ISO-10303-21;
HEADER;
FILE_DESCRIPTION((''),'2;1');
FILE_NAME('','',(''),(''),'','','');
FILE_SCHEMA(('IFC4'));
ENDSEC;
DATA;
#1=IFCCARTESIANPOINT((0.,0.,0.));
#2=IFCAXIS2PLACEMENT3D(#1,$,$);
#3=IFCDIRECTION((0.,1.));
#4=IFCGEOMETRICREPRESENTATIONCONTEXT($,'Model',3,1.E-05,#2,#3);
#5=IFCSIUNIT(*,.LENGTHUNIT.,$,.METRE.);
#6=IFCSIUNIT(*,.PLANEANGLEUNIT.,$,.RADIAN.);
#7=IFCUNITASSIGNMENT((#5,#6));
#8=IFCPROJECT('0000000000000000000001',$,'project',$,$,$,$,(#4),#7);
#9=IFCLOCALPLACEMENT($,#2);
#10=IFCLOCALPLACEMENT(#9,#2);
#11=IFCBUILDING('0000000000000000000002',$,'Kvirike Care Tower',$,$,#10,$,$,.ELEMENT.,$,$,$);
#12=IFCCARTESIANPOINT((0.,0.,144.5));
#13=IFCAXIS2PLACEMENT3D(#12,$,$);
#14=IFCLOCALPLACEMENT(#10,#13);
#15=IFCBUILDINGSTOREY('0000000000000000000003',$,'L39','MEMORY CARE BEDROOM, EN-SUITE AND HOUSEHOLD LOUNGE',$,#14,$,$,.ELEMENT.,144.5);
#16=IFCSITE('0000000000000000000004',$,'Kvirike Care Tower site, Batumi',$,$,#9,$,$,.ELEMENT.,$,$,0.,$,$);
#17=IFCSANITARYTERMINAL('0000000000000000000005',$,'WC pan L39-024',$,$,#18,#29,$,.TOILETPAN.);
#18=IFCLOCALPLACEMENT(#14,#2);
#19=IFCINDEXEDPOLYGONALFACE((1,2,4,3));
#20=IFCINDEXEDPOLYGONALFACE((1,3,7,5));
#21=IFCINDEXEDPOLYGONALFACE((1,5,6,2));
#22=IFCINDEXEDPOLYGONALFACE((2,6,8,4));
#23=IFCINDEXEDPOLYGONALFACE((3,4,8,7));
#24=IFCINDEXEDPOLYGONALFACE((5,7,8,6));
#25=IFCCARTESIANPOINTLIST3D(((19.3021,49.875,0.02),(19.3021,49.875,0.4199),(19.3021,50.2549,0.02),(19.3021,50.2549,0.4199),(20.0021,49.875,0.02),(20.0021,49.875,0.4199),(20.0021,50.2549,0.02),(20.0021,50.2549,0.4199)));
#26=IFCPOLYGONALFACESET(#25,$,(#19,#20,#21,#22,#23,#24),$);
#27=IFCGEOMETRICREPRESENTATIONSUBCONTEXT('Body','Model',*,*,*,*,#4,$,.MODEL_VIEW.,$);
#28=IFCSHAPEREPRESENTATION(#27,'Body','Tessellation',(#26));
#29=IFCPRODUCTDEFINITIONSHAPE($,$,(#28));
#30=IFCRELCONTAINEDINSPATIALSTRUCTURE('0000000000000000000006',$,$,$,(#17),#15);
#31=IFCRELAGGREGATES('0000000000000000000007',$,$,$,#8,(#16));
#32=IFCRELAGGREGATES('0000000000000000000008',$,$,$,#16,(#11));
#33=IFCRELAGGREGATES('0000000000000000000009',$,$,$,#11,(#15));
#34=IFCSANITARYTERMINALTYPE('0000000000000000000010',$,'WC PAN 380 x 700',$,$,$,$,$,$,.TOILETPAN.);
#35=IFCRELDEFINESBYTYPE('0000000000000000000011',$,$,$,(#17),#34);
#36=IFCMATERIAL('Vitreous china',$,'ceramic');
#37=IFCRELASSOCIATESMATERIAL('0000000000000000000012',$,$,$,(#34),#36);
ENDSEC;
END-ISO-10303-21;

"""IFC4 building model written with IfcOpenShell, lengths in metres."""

from ifc_helpers import new_model, si_unit, direction, frame, origin, origin_2d, place, context, subcontext, project, spatial, rectangle, extrude, material, type_object, element, save


model = new_model("IFC4")

# Units and contexts
model_context = context("Model", 3, precision=1e-05, world=origin(), true_north=direction((0.0, 1.0)))
body_context = subcontext(model_context, "Body", "Model", "MODEL_VIEW")
ifc_project = project(units=[si_unit("LENGTHUNIT", "METRE"), si_unit("PLANEANGLEUNIT", "RADIAN")], contexts=[model_context])

# Site, building, storey
site_placement = place(None, origin())
site = spatial("IfcSite", under=ifc_project, at=site_placement, Name="Kvirike Care Tower site, Batumi", CompositionType="ELEMENT", RefElevation=0.0)
building_placement = place(site_placement, origin())
building = spatial("IfcBuilding", under=site, at=building_placement, Name="Kvirike Care Tower", CompositionType="ELEMENT")
storey_placement = place(building_placement, frame((0.0, 0.0, 144.5)))
storey = spatial("IfcBuildingStorey", under=building, at=storey_placement, Name="L39", Description="MEMORY CARE BEDROOM, EN-SUITE AND HOUSEHOLD LOUNGE", CompositionType="ELEMENT", Elevation=144.5)

# Sanitary terminal
ifc_material_1 = material(Name="Vitreous china", Category="ceramic")
sanitary_terminal_type_1 = type_object("IfcSanitaryTerminalType", Name="WC PAN 380 x 700", PredefinedType="TOILETPAN", material=ifc_material_1)
sanitary_terminal_1_placement = place(storey_placement, frame((19.6521, 50.0649, 0.02), z_axis=(0.0, 0.0, 1.0), x_axis=(0.0, 1.0, 0.0)))
element("IfcSanitaryTerminal", 1, at=sanitary_terminal_1_placement, inside=storey, type_object=sanitary_terminal_type_1, Name="WC pan L39-024", PredefinedType="TOILETPAN", context=body_context, shape_type="SweptSolid", body=[
    extrude(rectangle(XDim=0.3799, YDim=0.7, at=origin_2d()), origin(), (0.0, 0.0, 1.0), 0.3999),
])

save(model, "model.ifc")
